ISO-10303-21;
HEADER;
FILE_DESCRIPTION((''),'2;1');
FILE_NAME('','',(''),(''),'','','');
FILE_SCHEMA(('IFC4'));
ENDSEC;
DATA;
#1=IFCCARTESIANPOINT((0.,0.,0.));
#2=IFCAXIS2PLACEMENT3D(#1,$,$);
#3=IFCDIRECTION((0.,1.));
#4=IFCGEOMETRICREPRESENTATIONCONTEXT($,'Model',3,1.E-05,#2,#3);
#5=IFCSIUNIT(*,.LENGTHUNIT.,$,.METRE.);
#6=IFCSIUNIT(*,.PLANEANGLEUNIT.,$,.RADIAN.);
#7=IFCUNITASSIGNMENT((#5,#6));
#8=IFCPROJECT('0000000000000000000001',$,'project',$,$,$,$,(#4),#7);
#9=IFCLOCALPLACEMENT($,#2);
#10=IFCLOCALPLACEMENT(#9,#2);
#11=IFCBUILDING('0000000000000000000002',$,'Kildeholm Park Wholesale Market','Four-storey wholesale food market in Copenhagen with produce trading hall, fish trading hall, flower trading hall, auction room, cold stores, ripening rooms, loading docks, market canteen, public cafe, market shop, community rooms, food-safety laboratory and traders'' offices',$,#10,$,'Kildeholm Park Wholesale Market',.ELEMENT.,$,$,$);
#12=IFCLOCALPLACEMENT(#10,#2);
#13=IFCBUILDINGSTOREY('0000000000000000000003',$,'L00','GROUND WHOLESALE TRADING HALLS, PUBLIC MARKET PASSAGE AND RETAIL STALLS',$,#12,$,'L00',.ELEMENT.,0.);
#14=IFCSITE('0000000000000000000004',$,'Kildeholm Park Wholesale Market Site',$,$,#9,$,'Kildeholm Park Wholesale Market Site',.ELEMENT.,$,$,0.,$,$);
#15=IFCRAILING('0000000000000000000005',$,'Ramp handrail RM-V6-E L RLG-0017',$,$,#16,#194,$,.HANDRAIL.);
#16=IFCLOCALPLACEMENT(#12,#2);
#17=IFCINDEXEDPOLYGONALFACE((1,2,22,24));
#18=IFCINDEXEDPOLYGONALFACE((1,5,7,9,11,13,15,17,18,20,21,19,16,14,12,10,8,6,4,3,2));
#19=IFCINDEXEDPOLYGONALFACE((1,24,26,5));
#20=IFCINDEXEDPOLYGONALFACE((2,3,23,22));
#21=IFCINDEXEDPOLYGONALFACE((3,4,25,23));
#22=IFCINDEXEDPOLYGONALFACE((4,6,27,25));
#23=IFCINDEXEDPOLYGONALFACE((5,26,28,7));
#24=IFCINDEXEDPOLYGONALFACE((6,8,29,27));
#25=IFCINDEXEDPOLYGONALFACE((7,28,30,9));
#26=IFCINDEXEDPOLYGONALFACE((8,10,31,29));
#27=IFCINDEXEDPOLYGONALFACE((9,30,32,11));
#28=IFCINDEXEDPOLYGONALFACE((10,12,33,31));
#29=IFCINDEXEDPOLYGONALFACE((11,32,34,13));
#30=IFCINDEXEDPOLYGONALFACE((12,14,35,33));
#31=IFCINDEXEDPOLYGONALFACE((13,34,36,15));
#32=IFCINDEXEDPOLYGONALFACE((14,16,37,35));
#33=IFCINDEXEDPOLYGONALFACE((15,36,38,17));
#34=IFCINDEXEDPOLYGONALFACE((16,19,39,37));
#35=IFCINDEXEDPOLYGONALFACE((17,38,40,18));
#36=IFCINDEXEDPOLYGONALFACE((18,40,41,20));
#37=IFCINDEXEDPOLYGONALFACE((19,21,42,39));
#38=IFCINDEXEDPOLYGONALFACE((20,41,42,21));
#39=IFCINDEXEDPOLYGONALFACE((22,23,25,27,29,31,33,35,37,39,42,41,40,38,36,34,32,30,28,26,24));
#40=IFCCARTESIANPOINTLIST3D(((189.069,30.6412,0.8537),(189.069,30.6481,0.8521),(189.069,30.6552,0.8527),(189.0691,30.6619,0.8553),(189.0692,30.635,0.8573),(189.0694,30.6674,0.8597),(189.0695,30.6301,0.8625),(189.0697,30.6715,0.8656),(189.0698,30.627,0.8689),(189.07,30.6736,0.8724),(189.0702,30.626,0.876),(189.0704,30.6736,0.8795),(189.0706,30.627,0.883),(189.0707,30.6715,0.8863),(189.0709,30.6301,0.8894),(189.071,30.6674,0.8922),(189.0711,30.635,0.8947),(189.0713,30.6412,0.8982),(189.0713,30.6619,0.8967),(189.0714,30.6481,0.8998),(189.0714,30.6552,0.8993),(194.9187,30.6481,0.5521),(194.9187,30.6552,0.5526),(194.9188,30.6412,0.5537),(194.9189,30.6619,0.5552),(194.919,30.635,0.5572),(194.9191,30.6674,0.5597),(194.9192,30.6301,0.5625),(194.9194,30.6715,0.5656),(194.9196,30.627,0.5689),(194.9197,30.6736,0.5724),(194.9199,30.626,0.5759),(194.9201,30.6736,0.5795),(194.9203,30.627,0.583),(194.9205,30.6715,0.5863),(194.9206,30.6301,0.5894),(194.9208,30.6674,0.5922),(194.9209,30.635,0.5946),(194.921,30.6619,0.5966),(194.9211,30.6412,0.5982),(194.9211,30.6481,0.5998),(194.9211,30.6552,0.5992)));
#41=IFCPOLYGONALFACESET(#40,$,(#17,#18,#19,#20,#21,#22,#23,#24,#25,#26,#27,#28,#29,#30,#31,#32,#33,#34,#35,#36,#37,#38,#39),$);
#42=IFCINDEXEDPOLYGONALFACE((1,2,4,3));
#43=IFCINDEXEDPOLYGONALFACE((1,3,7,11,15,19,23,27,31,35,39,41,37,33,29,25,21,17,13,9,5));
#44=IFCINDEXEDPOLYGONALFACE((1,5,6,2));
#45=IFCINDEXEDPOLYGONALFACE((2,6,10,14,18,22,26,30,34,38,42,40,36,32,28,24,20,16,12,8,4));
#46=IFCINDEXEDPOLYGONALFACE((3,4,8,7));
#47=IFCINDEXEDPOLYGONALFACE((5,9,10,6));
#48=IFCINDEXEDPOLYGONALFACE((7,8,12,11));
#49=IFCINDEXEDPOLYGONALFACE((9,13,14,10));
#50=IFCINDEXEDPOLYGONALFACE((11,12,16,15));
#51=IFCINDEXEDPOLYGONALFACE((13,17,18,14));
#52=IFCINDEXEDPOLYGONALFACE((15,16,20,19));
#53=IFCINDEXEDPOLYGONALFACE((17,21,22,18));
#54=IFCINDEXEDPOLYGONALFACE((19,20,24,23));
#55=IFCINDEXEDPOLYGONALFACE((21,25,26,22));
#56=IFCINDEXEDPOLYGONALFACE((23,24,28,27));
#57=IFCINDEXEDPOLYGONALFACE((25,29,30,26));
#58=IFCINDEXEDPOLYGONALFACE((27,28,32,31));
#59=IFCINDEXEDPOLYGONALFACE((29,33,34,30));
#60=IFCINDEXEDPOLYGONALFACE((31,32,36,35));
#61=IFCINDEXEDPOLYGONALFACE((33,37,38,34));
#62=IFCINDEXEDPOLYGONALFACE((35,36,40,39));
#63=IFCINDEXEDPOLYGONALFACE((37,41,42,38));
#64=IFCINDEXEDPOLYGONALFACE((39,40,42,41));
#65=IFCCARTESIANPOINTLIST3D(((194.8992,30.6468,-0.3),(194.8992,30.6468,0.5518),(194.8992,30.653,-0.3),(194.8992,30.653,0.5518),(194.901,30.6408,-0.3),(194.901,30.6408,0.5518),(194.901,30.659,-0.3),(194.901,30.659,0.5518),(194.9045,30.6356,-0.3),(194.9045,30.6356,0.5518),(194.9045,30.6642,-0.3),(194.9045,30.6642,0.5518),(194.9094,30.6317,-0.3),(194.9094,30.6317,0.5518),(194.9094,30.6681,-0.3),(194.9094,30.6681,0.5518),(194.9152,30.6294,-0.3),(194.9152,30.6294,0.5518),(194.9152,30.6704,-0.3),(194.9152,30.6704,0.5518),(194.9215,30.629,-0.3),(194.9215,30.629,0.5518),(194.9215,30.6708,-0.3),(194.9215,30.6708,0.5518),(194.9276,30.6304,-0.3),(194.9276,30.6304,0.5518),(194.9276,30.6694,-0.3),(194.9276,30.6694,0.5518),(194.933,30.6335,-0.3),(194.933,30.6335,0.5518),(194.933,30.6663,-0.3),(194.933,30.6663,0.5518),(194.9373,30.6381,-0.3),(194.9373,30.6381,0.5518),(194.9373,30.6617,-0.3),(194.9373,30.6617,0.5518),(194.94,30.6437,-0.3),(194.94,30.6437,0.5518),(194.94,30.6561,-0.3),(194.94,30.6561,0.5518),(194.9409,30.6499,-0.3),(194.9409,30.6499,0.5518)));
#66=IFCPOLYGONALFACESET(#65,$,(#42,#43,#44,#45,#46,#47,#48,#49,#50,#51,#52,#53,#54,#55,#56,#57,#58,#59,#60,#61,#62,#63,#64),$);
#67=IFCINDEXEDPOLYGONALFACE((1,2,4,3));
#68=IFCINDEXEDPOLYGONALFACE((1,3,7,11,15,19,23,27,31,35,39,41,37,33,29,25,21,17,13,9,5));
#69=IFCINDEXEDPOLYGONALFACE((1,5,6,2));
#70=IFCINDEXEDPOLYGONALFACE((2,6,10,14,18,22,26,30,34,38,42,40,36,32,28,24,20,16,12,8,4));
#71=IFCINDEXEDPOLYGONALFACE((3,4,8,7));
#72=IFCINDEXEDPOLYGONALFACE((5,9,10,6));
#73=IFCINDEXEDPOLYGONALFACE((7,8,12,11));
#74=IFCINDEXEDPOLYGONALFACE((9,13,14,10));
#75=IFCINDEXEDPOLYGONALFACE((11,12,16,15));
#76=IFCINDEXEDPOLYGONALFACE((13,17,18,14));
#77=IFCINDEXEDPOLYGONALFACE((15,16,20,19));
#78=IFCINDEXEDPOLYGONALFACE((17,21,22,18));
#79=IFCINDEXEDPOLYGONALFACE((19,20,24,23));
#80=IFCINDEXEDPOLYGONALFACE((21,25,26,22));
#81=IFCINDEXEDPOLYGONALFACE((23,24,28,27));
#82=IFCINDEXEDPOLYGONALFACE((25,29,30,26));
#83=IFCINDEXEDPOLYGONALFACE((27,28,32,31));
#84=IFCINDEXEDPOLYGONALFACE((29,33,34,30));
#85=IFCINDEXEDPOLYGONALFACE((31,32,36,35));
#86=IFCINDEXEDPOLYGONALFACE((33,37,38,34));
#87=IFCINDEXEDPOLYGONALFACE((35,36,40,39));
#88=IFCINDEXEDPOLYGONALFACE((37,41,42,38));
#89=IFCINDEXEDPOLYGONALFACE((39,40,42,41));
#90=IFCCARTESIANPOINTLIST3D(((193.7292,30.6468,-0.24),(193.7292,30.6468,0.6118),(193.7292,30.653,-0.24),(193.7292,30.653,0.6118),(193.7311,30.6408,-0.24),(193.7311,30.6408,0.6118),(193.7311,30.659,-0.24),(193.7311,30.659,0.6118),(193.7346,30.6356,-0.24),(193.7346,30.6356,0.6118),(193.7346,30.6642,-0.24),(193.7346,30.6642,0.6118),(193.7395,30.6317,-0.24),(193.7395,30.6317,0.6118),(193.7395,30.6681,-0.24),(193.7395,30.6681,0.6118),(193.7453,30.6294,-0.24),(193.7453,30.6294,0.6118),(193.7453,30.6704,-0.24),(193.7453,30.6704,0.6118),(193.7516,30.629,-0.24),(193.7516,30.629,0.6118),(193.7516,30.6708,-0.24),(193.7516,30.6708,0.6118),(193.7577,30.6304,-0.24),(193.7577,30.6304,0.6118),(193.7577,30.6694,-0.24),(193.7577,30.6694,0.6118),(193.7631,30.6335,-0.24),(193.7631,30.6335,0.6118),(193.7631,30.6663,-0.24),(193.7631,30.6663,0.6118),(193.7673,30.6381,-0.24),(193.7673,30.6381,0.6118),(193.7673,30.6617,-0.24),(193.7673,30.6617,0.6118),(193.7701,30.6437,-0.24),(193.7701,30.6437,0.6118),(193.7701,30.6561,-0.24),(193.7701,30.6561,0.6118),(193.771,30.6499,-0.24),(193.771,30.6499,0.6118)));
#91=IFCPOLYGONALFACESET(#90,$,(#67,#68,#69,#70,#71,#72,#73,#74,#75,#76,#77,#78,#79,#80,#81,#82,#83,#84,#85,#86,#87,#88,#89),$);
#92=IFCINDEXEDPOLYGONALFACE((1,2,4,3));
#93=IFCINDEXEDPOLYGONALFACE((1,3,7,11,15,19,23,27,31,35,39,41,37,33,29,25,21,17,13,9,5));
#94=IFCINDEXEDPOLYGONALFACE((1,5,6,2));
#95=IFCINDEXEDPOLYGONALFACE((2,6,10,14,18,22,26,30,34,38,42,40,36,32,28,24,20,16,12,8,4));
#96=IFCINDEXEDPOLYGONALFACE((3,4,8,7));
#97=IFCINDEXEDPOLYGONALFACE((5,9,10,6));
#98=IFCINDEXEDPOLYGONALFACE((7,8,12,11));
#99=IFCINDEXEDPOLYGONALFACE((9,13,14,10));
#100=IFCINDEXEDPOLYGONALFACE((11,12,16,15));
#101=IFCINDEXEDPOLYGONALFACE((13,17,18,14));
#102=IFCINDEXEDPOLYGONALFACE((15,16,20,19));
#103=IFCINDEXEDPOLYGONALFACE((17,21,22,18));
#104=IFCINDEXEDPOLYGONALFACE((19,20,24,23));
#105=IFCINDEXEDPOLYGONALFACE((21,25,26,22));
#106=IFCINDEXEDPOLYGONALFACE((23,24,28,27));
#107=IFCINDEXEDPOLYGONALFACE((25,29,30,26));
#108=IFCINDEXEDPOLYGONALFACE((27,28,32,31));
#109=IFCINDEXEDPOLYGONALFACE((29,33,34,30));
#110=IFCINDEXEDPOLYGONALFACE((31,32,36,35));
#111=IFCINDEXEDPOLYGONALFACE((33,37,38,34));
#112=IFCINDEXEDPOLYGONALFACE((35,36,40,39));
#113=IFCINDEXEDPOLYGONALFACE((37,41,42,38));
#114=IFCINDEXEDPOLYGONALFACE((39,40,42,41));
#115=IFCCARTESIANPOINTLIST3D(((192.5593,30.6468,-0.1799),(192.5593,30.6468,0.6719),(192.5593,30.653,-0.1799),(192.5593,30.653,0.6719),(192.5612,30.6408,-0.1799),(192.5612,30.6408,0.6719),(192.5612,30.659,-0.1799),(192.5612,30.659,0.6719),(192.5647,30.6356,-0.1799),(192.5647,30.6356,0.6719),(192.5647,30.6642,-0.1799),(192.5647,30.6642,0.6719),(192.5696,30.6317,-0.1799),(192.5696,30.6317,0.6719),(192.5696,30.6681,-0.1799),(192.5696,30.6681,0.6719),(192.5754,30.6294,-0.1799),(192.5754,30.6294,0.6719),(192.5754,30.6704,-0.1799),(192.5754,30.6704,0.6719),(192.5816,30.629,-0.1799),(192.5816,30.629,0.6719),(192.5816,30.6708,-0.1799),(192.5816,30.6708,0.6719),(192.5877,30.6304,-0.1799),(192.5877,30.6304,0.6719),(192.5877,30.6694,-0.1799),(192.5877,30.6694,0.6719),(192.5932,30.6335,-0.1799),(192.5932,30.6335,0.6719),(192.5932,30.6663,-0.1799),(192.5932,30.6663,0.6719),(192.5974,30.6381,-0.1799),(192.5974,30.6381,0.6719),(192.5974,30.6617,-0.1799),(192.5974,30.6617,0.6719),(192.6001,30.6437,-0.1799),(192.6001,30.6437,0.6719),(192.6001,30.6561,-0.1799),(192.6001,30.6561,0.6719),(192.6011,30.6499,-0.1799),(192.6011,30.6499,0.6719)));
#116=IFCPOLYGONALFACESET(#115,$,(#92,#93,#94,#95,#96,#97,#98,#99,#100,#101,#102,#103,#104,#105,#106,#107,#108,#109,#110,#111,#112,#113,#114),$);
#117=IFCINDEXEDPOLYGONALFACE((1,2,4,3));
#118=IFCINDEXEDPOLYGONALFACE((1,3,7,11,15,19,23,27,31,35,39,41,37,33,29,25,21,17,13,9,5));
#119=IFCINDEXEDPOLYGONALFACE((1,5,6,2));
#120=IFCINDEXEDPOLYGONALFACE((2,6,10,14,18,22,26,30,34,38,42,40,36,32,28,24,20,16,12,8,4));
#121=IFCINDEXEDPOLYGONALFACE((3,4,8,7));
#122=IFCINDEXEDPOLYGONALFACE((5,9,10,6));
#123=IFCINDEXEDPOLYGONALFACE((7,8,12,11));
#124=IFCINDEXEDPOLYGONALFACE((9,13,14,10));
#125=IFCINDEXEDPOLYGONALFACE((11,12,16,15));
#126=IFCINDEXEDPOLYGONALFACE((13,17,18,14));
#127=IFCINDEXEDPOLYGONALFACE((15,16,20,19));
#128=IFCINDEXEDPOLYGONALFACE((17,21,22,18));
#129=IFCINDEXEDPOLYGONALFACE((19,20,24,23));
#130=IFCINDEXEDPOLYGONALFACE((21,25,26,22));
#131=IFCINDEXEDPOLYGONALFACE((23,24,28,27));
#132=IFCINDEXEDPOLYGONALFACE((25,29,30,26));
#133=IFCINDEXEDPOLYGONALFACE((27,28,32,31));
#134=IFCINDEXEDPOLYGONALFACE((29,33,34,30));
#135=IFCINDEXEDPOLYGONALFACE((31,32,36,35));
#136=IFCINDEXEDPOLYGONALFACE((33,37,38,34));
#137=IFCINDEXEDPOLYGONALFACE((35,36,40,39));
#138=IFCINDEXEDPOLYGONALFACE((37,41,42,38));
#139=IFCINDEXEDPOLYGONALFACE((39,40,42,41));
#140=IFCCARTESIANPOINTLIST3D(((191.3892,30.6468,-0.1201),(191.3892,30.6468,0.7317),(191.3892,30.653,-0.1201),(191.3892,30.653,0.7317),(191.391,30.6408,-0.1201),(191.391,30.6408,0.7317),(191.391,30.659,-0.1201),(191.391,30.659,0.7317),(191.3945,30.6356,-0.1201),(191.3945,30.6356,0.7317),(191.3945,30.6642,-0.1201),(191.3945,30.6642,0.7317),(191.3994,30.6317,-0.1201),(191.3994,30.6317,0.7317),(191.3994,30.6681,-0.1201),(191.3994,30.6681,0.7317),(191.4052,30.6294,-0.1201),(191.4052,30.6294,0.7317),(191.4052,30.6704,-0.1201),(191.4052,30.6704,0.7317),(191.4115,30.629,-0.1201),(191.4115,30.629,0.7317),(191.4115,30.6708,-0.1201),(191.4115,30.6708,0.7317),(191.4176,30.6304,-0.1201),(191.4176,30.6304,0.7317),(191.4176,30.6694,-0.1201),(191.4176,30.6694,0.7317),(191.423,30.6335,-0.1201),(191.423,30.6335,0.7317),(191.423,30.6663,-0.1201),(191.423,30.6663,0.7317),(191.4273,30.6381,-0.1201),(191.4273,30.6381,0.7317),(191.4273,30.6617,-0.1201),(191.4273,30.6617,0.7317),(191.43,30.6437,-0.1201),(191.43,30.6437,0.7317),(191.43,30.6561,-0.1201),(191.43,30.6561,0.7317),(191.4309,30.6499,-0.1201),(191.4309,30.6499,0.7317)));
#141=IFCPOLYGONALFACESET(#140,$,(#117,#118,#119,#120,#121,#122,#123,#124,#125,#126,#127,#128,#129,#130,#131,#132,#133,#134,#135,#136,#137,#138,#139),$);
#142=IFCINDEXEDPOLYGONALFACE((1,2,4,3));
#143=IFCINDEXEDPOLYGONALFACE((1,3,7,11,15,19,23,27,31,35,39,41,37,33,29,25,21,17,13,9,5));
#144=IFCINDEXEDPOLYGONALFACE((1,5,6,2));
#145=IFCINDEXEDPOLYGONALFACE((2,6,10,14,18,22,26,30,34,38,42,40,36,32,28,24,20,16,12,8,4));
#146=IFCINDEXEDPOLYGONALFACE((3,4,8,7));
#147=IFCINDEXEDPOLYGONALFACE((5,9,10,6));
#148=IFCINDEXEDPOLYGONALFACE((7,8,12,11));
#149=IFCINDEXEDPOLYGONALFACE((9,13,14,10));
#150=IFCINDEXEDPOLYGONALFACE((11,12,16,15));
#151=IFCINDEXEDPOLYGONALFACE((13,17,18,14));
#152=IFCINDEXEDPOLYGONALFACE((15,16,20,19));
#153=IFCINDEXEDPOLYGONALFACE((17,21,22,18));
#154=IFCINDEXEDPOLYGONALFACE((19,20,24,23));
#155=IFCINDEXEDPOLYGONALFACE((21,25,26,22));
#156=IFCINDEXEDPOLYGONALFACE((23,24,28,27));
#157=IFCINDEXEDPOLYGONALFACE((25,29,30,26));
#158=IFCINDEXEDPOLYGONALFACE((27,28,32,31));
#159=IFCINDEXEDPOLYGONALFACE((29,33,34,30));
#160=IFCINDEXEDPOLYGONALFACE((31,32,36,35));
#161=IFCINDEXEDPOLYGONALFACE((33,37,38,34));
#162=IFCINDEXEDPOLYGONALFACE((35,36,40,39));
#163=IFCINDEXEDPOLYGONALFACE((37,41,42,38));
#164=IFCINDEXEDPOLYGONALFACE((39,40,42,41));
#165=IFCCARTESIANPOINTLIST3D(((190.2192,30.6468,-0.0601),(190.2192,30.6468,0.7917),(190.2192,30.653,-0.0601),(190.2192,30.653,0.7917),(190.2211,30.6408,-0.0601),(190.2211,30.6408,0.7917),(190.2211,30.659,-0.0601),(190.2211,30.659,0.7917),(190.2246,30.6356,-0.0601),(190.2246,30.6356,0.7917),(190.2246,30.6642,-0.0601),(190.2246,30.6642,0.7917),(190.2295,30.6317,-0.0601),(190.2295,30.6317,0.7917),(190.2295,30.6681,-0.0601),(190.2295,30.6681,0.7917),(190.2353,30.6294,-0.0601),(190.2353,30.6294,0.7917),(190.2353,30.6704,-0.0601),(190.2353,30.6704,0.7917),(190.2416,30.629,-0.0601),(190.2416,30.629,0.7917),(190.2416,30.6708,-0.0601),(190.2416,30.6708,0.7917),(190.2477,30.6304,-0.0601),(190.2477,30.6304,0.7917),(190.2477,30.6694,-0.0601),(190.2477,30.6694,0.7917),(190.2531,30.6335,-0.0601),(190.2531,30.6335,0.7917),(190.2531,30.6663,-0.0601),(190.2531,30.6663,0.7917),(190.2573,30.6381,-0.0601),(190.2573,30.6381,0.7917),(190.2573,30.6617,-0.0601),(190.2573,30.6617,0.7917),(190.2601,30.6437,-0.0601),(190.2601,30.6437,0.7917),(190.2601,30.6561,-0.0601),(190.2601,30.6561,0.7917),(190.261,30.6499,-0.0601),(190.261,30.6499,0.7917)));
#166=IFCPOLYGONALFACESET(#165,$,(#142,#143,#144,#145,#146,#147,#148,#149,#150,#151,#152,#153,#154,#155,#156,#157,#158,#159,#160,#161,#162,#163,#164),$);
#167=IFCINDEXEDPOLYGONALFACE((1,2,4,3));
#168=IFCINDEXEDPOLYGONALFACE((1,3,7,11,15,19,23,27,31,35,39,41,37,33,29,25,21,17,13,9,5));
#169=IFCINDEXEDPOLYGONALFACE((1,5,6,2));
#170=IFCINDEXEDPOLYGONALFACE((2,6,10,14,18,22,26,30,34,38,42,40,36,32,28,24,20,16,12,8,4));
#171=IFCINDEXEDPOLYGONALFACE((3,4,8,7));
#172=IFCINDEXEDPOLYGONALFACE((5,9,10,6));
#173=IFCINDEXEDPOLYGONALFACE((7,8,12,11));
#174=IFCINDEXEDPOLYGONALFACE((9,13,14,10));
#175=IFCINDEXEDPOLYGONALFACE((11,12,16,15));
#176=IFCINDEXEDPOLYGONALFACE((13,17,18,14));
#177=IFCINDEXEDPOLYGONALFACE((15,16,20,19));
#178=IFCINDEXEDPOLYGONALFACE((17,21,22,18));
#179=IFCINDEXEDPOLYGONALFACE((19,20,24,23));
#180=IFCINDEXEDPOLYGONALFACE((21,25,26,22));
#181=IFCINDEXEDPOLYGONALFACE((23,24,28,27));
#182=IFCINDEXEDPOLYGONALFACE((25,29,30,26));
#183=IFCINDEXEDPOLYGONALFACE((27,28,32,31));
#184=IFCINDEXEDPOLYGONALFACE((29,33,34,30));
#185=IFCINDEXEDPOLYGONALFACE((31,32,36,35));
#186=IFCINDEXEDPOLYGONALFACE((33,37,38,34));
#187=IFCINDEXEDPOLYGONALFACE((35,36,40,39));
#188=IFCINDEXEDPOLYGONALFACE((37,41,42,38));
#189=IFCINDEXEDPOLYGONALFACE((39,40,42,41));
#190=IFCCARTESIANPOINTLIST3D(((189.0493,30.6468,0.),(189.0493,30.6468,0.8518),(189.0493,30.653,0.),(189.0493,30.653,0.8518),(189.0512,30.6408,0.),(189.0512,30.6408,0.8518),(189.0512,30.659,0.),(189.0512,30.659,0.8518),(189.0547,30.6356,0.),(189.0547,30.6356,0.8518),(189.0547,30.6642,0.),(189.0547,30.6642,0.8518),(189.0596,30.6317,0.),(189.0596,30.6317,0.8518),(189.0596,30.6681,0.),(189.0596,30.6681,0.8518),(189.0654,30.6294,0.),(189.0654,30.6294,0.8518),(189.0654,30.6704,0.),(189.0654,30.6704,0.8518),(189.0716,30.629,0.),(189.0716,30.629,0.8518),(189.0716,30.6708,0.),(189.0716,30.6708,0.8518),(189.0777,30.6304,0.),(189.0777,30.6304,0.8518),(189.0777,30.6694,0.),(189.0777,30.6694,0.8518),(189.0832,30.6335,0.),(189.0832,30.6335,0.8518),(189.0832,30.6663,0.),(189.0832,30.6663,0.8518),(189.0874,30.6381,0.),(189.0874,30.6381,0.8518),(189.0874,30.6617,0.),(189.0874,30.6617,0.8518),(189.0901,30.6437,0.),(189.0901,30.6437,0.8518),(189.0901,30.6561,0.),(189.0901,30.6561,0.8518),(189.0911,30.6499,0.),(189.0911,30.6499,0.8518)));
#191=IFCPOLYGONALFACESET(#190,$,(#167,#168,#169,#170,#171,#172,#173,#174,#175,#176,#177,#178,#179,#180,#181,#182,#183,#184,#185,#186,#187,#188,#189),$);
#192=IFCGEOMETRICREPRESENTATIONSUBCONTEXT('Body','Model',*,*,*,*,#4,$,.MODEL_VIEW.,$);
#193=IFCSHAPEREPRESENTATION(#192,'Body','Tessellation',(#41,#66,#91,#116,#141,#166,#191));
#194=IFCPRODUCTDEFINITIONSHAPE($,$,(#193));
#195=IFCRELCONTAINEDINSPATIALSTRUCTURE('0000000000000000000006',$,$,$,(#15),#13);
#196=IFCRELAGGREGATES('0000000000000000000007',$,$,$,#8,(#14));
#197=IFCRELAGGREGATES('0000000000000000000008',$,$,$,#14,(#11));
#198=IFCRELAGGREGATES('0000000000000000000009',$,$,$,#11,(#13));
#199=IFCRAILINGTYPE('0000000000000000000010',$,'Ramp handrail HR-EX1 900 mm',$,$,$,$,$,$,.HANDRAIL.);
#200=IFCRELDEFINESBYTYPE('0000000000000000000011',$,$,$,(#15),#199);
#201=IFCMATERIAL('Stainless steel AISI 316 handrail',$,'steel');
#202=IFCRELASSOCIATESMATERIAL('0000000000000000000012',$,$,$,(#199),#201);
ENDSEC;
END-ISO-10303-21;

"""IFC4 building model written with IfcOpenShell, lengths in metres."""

from ifc_helpers import new_model, si_unit, direction, frame, origin, origin_2d, place, context, subcontext, project, spatial, circle, extrude, material, type_object, element, save


model = new_model("IFC4")

# Units and contexts
model_context = context("Model", 3, precision=1e-05, world=origin(), true_north=direction((0.0, 1.0)))
body_context = subcontext(model_context, "Body", "Model", "MODEL_VIEW")
ifc_project = project(units=[si_unit("LENGTHUNIT", "METRE"), si_unit("PLANEANGLEUNIT", "RADIAN")], contexts=[model_context])

# Site, building, storey
site_placement = place(None, origin())
site = spatial("IfcSite", under=ifc_project, at=site_placement, Name="Kildeholm Park Wholesale Market Site", LongName="Kildeholm Park Wholesale Market Site", CompositionType="ELEMENT", RefElevation=0.0)
building_placement = place(site_placement, origin())
building = spatial("IfcBuilding", under=site, at=building_placement, Name="Kildeholm Park Wholesale Market", Description="Four-storey wholesale food market in Copenhagen with produce trading hall, fish trading hall, flower trading hall, auction room, cold stores, ripening rooms, loading docks, market canteen, public cafe, market shop, community rooms, food-safety laboratory and traders' offices", LongName="Kildeholm Park Wholesale Market", CompositionType="ELEMENT")
storey_placement = place(building_placement, origin())
storey = spatial("IfcBuildingStorey", under=building, at=storey_placement, Name="L00", Description="GROUND WHOLESALE TRADING HALLS, PUBLIC MARKET PASSAGE AND RETAIL STALLS", LongName="L00", CompositionType="ELEMENT", Elevation=0.0)

# Railing
ifc_material_1 = material(Name="Stainless steel AISI 316 handrail", Category="steel")
railing_type = type_object("IfcRailingType", Name="Ramp handrail HR-EX1 900 mm", PredefinedType="HANDRAIL", material=ifc_material_1)
railing_placement = place(storey_placement, frame((194.9199, 30.6499, -0.3)))
element("IfcRailing", 1, at=railing_placement, inside=storey, type_object=railing_type, Name="Ramp handrail RM-V6-E L RLG-0017", PredefinedType="HANDRAIL", context=body_context, shape_type="SweptSolid", body=[
    extrude(circle(Radius=0.0239, at=origin_2d()), frame((0.0, 0.0, 0.876), z_axis=(-0.998687, 0.0, 0.051224), x_axis=(0.0, -1.0, 0.0)), (0.0, 0.0, 1.0), 5.8574),
    extrude(circle(Radius=0.021, at=origin_2d()), origin(), (0.0, 0.0, 1.0), 0.8518),
    extrude(circle(Radius=0.021, at=origin_2d()), frame((-1.1699, 0.0, 0.0601)), (0.0, 0.0, 1.0), 0.8518),
    extrude(circle(Radius=0.021, at=origin_2d()), frame((-2.3398, 0.0, 0.1201)), (0.0, 0.0, 1.0), 0.8518),
    extrude(circle(Radius=0.021, at=origin_2d()), frame((-3.51, 0.0, 0.1799)), (0.0, 0.0, 1.0), 0.8518),
    extrude(circle(Radius=0.021, at=origin_2d()), frame((-4.6799, 0.0, 0.24)), (0.0, 0.0, 1.0), 0.8518),
    extrude(circle(Radius=0.021, at=origin_2d()), frame((-5.8499, 0.0, 0.3)), (0.0, 0.0, 1.0), 0.8518),
])

save(model, "model.ifc")
